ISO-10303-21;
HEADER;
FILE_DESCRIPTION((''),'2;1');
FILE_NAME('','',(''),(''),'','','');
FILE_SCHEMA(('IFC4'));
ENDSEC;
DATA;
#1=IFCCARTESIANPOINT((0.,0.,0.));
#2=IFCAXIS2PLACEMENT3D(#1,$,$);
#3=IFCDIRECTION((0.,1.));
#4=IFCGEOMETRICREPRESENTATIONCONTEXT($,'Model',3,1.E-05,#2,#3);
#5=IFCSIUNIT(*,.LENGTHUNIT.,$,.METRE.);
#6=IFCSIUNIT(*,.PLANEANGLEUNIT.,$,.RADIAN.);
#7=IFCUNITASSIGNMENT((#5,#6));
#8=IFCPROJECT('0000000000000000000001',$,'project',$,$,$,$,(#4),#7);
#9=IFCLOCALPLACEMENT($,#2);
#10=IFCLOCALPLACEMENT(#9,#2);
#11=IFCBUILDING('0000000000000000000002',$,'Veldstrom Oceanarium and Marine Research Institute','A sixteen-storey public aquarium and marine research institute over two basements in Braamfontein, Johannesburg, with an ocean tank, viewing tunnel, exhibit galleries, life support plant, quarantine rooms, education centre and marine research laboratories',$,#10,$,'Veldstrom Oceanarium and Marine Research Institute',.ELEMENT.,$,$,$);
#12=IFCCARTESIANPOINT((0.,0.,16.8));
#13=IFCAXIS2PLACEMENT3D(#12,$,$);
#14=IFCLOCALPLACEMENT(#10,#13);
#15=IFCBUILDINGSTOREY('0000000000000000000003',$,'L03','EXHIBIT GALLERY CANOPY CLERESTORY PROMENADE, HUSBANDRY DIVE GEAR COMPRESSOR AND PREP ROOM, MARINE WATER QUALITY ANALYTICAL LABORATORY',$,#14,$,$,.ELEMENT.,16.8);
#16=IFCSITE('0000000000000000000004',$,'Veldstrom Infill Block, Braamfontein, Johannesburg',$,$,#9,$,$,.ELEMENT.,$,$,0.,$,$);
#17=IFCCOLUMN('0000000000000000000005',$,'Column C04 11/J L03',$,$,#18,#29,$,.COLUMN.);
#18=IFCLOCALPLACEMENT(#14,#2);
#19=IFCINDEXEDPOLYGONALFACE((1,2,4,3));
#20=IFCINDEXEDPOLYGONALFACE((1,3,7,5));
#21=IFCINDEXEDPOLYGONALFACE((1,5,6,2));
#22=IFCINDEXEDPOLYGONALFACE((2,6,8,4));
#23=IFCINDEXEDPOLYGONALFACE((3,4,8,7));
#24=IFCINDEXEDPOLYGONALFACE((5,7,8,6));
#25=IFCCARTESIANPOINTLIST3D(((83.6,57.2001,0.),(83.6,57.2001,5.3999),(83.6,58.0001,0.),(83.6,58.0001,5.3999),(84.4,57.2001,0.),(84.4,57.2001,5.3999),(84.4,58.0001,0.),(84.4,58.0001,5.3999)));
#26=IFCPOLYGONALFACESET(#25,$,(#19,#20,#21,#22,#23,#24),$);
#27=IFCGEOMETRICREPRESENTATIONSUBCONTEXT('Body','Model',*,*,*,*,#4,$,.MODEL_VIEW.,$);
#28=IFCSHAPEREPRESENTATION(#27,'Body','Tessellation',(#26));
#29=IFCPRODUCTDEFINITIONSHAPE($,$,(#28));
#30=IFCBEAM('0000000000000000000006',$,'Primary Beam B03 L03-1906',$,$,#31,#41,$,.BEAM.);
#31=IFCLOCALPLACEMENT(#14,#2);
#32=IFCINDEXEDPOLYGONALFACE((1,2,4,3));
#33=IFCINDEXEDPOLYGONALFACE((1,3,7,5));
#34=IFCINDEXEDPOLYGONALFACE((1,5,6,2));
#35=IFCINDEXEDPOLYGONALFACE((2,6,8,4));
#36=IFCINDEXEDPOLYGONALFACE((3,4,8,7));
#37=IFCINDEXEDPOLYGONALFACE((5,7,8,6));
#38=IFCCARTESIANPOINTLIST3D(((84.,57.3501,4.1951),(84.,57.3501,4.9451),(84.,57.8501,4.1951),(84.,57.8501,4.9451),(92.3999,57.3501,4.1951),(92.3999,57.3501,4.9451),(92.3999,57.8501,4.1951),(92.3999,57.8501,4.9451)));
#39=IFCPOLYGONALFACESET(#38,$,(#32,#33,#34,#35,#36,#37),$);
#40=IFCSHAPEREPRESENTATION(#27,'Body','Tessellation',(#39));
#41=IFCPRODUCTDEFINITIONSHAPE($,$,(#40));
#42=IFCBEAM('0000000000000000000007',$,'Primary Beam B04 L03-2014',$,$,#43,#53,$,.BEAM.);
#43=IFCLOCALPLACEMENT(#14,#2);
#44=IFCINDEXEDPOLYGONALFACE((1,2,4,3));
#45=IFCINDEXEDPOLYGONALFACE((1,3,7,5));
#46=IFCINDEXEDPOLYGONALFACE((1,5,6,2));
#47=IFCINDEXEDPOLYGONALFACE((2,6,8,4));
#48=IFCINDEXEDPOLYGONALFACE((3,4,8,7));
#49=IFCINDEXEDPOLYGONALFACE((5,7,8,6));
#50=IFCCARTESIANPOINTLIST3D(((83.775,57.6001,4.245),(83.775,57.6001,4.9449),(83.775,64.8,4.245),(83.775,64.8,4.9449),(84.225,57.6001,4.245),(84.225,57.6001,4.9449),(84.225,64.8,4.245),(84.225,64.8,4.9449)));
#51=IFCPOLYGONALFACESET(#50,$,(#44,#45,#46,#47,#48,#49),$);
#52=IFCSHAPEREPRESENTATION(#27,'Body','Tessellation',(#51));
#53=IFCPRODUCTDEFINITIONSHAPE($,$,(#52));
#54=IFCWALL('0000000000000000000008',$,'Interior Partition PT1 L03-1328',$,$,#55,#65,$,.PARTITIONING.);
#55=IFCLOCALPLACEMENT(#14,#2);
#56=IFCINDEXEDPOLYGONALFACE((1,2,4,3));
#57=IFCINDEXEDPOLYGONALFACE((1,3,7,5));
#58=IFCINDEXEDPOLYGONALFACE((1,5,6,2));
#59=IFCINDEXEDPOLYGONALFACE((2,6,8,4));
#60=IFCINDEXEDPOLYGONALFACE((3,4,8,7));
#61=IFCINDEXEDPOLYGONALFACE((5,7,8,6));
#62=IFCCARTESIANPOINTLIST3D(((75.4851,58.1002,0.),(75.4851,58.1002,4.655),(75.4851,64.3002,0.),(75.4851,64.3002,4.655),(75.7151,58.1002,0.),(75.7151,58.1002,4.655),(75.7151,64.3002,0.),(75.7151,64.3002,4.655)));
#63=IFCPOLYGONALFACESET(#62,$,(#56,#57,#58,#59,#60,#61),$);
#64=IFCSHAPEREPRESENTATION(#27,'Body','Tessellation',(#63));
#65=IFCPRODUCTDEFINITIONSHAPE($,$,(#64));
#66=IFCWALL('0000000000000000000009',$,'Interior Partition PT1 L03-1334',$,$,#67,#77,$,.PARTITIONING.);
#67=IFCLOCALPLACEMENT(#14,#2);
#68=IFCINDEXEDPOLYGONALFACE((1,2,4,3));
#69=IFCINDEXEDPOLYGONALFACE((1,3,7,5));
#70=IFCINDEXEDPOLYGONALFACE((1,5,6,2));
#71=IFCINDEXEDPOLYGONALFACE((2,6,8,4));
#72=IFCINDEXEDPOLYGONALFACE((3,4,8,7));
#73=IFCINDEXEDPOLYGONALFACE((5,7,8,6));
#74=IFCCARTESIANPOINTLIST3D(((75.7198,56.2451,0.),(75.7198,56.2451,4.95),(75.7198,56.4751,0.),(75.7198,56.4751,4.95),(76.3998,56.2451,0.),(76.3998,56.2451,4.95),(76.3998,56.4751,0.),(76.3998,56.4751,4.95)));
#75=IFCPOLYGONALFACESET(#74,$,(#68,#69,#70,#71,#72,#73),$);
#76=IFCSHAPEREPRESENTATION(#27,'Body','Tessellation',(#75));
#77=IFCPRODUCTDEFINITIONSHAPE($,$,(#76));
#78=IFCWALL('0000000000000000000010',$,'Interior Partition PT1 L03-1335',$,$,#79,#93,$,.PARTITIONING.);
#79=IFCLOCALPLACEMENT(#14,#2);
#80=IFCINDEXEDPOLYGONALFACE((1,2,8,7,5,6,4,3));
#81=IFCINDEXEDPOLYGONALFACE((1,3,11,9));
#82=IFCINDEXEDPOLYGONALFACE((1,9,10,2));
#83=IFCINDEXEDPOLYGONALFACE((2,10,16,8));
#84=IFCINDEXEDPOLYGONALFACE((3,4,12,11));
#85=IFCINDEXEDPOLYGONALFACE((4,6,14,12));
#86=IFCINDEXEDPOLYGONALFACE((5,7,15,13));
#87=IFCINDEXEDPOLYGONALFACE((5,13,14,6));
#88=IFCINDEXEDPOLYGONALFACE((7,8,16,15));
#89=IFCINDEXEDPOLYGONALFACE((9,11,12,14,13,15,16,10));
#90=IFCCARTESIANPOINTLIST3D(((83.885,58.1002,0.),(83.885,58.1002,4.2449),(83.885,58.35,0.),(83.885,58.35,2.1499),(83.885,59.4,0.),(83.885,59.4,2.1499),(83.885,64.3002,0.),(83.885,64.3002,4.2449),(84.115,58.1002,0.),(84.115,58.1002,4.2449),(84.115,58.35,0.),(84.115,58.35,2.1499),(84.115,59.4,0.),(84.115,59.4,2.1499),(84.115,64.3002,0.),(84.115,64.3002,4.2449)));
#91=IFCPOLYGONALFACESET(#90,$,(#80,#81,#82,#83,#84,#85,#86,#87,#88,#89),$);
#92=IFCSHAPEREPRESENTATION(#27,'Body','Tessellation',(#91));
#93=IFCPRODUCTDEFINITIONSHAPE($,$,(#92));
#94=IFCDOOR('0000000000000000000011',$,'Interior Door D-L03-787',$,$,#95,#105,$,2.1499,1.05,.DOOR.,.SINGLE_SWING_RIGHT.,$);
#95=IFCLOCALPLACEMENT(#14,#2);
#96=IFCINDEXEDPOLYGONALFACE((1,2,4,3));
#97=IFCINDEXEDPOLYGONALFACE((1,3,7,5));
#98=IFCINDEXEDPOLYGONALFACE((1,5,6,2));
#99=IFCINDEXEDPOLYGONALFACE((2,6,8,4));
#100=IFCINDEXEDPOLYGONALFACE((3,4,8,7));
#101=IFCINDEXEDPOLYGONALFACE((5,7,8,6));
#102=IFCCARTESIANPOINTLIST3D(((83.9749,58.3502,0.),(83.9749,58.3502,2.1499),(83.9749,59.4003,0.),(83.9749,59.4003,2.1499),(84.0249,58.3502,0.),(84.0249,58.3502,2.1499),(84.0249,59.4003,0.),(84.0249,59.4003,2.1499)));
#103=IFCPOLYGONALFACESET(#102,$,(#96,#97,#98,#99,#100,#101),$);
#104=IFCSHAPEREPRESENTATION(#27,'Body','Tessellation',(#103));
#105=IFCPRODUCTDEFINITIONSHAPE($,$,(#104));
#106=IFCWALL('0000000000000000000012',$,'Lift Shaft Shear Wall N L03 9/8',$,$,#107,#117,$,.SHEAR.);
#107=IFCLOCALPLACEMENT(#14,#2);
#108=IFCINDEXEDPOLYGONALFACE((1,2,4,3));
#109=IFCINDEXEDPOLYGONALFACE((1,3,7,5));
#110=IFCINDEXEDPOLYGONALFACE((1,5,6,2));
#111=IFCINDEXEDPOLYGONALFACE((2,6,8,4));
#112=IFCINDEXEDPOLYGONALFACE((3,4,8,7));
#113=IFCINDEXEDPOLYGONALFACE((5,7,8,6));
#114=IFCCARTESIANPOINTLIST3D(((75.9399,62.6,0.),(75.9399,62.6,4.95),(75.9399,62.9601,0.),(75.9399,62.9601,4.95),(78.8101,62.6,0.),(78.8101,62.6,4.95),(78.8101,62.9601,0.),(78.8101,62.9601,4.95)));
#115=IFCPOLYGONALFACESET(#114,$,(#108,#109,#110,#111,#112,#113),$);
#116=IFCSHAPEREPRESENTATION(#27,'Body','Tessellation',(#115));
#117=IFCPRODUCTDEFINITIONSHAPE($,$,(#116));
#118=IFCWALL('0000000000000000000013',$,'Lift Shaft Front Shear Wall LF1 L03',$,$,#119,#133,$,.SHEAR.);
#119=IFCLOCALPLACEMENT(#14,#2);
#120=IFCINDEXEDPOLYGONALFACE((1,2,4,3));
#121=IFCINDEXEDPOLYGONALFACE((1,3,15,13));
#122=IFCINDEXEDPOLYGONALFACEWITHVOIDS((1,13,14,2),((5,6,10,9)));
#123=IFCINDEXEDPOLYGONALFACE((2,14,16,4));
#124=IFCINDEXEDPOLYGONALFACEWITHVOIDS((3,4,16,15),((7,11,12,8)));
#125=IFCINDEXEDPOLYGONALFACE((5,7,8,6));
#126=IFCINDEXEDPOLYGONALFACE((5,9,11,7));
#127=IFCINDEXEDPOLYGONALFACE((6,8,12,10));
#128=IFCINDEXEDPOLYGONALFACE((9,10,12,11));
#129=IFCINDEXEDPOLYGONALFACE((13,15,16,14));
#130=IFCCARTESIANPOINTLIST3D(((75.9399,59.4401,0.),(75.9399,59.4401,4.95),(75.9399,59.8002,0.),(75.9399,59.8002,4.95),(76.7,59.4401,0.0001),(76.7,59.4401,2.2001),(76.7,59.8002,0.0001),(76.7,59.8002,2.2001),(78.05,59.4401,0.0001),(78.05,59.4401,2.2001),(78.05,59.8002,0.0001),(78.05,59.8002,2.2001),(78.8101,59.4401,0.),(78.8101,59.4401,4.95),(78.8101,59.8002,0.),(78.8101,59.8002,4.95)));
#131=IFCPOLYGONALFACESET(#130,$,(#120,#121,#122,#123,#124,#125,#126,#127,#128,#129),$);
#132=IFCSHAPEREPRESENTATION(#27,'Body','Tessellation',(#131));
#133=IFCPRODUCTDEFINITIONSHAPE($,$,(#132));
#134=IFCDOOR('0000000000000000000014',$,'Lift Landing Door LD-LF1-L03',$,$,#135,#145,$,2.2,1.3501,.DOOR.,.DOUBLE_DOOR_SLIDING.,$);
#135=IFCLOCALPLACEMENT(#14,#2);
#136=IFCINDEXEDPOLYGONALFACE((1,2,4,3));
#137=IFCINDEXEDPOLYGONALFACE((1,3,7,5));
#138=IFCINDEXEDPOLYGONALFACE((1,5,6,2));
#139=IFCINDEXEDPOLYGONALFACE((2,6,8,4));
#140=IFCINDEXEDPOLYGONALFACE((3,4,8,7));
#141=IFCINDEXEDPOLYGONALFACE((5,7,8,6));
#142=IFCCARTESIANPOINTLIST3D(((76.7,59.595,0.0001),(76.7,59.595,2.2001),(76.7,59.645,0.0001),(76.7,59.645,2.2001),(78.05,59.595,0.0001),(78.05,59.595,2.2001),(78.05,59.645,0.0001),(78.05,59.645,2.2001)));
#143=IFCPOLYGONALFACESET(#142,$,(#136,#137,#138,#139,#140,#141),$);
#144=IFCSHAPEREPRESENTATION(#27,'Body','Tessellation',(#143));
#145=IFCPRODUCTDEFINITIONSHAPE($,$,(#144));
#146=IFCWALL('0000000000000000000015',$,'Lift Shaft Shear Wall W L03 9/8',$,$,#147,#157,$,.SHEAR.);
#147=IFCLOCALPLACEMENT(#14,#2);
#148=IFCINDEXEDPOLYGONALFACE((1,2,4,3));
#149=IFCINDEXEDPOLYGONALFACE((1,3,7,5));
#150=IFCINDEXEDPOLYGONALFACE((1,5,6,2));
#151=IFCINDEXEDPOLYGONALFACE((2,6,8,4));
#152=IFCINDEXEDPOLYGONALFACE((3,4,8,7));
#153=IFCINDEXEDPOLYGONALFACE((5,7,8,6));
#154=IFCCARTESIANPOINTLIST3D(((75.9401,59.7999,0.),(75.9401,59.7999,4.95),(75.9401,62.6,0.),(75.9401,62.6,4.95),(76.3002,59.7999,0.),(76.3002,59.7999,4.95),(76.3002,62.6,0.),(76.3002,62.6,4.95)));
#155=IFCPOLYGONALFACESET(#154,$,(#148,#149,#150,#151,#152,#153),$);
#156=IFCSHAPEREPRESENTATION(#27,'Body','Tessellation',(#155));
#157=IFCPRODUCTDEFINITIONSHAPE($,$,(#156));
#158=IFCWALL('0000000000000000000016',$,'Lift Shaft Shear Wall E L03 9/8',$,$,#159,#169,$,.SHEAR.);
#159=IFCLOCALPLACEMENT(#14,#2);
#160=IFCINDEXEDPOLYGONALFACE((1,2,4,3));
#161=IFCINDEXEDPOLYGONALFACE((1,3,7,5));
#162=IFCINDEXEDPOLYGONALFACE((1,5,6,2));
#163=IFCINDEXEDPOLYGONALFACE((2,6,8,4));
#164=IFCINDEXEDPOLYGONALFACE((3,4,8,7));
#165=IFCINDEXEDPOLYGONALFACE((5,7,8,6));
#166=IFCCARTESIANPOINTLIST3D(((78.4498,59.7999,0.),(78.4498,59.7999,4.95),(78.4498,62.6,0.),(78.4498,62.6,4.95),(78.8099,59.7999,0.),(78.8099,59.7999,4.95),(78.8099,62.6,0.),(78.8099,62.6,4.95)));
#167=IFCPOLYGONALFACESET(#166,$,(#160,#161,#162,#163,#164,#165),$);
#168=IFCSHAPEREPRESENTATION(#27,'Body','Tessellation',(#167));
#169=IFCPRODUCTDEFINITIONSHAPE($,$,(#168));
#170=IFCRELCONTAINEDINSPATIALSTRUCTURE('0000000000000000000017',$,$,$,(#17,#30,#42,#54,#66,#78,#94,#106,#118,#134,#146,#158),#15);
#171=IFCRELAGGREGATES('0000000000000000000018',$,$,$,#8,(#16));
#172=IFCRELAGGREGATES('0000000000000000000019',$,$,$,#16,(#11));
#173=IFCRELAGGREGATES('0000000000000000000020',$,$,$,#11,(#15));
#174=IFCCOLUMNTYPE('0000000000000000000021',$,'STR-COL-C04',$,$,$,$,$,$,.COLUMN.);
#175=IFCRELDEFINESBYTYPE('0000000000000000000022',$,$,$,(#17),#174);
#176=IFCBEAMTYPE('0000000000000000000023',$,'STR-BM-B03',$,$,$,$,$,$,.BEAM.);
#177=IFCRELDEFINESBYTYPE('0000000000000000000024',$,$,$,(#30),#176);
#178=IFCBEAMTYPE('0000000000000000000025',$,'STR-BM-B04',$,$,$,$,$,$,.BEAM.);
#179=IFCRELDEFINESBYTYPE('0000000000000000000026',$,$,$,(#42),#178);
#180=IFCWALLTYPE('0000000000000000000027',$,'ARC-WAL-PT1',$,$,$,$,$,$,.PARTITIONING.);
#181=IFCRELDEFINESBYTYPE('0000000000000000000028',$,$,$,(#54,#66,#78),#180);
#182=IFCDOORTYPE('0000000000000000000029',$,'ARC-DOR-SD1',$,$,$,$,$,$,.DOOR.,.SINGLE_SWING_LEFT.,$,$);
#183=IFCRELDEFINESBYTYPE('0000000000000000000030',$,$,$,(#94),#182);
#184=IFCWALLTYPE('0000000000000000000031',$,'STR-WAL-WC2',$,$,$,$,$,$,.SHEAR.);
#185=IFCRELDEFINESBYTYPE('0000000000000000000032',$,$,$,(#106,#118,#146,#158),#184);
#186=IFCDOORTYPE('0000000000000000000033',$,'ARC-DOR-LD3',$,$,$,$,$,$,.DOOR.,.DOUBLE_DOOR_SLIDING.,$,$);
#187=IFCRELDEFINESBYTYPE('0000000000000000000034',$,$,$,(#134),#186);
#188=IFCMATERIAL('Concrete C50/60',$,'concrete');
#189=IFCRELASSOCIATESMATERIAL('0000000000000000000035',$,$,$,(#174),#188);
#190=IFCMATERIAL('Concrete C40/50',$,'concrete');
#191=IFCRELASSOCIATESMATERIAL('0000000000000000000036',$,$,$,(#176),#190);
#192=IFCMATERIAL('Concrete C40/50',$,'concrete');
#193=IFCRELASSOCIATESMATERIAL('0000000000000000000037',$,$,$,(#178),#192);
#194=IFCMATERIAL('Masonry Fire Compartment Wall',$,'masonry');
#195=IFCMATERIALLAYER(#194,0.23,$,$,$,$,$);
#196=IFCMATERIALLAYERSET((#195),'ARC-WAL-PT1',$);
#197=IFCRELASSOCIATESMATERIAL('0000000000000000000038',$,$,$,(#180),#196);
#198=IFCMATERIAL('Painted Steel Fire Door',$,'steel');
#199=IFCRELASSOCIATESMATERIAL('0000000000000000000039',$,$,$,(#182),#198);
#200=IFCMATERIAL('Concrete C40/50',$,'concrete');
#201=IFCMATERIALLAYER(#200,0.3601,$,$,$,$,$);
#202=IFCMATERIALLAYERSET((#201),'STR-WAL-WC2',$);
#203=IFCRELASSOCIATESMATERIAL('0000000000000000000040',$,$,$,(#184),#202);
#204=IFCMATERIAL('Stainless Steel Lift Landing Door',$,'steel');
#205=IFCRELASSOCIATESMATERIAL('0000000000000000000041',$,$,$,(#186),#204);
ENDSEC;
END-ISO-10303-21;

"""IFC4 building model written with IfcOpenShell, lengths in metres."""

from ifc_helpers import new_model, si_unit, direction, frame, frame_2d, origin, origin_2d, place, context, subcontext, project, spatial, rectangle, extrude, material, layer, layer_set, material_profile, profile_set, type_object, element, fill, save


model = new_model("IFC4")

# Units and contexts
model_context = context("Model", 3, precision=1e-05, world=origin(), true_north=direction((0.0, 1.0)))
body_context = subcontext(model_context, "Body", "Model", "MODEL_VIEW")
ifc_project = project(units=[si_unit("LENGTHUNIT", "METRE"), si_unit("PLANEANGLEUNIT", "RADIAN")], contexts=[model_context])

# Site, building, storey
site_placement = place(None, origin())
site = spatial("IfcSite", under=ifc_project, at=site_placement, Name="Veldstrom Infill Block, Braamfontein, Johannesburg", CompositionType="ELEMENT", RefElevation=0.0)
building_placement = place(site_placement, origin())
building = spatial("IfcBuilding", under=site, at=building_placement, Name="Veldstrom Oceanarium and Marine Research Institute", Description="A sixteen-storey public aquarium and marine research institute over two basements in Braamfontein, Johannesburg, with an ocean tank, viewing tunnel, exhibit galleries, life support plant, quarantine rooms, education centre and marine research laboratories", LongName="Veldstrom Oceanarium and Marine Research Institute", CompositionType="ELEMENT")
storey_placement = place(building_placement, frame((0.0, 0.0, 16.8)))
storey = spatial("IfcBuildingStorey", under=building, at=storey_placement, Name="L03", Description="EXHIBIT GALLERY CANOPY CLERESTORY PROMENADE, HUSBANDRY DIVE GEAR COMPRESSOR AND PREP ROOM, MARINE WATER QUALITY ANALYTICAL LABORATORY", CompositionType="ELEMENT", Elevation=16.8)

# Column
ifc_material_1 = material(Name="Concrete C50/60", Category="concrete")
ifc_material_profile_1 = material_profile(ifc_material_1, rectangle(XDim=0.8, YDim=0.8, at=origin_2d()), Name="RC-COL-800x800")
ifc_profile_set_1 = profile_set([ifc_material_profile_1], Name="Concrete C50/60")
column_type = type_object("IfcColumnType", Name="STR-COL-C04", PredefinedType="COLUMN", material=ifc_profile_set_1)
column_placement = place(storey_placement, frame((84.0, 57.6001, 0.0), z_axis=(0.0, 0.0, 1.0), x_axis=(1.0, 0.0, 0.0)))
element("IfcColumn", 1, at=column_placement, inside=storey, type_object=column_type, Name="Column C04 11/J L03", PredefinedType="COLUMN", context=body_context, shape_type="SweptSolid", body=[
    extrude(rectangle(XDim=0.8, YDim=0.8, at=origin_2d()), origin(), (0.0, 0.0, 1.0), 5.3999),
])

# Beams
ifc_material_2 = material(Name="Concrete C40/50", Category="concrete")
ifc_material_profile_2 = material_profile(ifc_material_2, rectangle(XDim=0.5, YDim=0.75, at=origin_2d()), Name="RC-BM-500x750")
ifc_profile_set_2 = profile_set([ifc_material_profile_2], Name="Concrete C40/50")
beam_type_1 = type_object("IfcBeamType", Name="STR-BM-B03", PredefinedType="BEAM", material=ifc_profile_set_2)
beam_1_placement = place(storey_placement, frame((84.0, 57.6001, 4.5701), z_axis=(1.0, 0.0, 0.0), x_axis=(0.0, 1.0, 0.0)))
element("IfcBeam", 2, at=beam_1_placement, inside=storey, type_object=beam_type_1, Name="Primary Beam B03 L03-1906", PredefinedType="BEAM", context=body_context, shape_type="SweptSolid", body=[
    extrude(rectangle(XDim=0.5, YDim=0.75, at=origin_2d()), origin(), (0.0, 0.0, 1.0), 8.3999),
])
ifc_material_3 = material(Name="Concrete C40/50", Category="concrete")
ifc_material_profile_3 = material_profile(ifc_material_3, rectangle(XDim=0.45, YDim=0.7, at=origin_2d()), Name="RC-BM-450x700")
ifc_profile_set_3 = profile_set([ifc_material_profile_3], Name="Concrete C40/50")
beam_type_2 = type_object("IfcBeamType", Name="STR-BM-B04", PredefinedType="BEAM", material=ifc_profile_set_3)
beam_2_placement = place(storey_placement, frame((84.0, 57.6001, 4.595), z_axis=(0.0, 1.0, 0.0), x_axis=(-1.0, 0.0, 0.0)))
element("IfcBeam", 3, at=beam_2_placement, inside=storey, type_object=beam_type_2, Name="Primary Beam B04 L03-2014", PredefinedType="BEAM", context=body_context, shape_type="SweptSolid", body=[
    extrude(rectangle(XDim=0.45, YDim=0.7, at=origin_2d()), origin(), (0.0, 0.0, 1.0), 7.2),
])

# Walls
ifc_material_4 = material(Name="Masonry Fire Compartment Wall", Category="masonry")
ifc_layer_1 = layer(ifc_material_4, 0.23)
ifc_layer_set_1 = layer_set([ifc_layer_1], Name="ARC-WAL-PT1")
wall_type_1 = type_object("IfcWallType", Name="ARC-WAL-PT1", PredefinedType="PARTITIONING", material=ifc_layer_set_1)
wall_1_placement = place(storey_placement, frame((75.6001, 58.1001, 0.0), z_axis=(0.0, 0.0, 1.0), x_axis=(0.0, 1.0, 0.0)))
element("IfcWall", 4, at=wall_1_placement, inside=storey, type_object=wall_type_1, Name="Interior Partition PT1 L03-1328", PredefinedType="PARTITIONING", context=body_context, shape_type="SweptSolid", body=[
    extrude(rectangle(XDim=6.2, YDim=0.23, at=frame_2d((3.1001, 0.0))), origin(), (0.0, 0.0, 1.0), 4.655),
])
wall_2_placement = place(storey_placement, frame((75.72, 56.3601, 0.0), z_axis=(0.0, 0.0, 1.0), x_axis=(1.0, 0.0, 0.0)))
element("IfcWall", 5, at=wall_2_placement, inside=storey, type_object=wall_type_1, Name="Interior Partition PT1 L03-1334", PredefinedType="PARTITIONING", context=body_context, shape_type="SweptSolid", body=[
    extrude(rectangle(XDim=0.6799, YDim=0.23, at=frame_2d((0.3398, 0.0))), origin(), (0.0, 0.0, 1.0), 4.95),
])

# Wall, opening, door
wall_3_placement = place(storey_placement, frame((84.0, 58.1001, 0.0), z_axis=(0.0, 0.0, 1.0), x_axis=(0.0, 1.0, 0.0)))
wall_3 = element("IfcWall", 6, at=wall_3_placement, inside=storey, type_object=wall_type_1, Name="Interior Partition PT1 L03-1335", PredefinedType="PARTITIONING", context=body_context, shape_type="SweptSolid", body=[
    extrude(rectangle(XDim=6.2, YDim=0.23, at=frame_2d((3.1001, 0.0))), origin(), (0.0, 0.0, 1.0), 4.2449),
])
opening_1_placement = place(wall_3_placement, frame((0.25, 0.0, 0.0)))
opening_1 = element("IfcOpeningElement", 7, at=opening_1_placement, cuts=wall_3, PredefinedType="OPENING", context=body_context, shape_type="SweptSolid", body=[
    extrude(rectangle(XDim=1.05, YDim=2.1499, at=frame_2d((0.5249, 1.075))), frame((0.0, 0.125, 0.0), z_axis=(0.0, -1.0, 0.0), x_axis=(1.0, 0.0, 0.0)), (0.0, 0.0, 1.0), 0.25),
])
ifc_material_5 = material(Name="Painted Steel Fire Door", Category="steel")
door_type_1 = type_object("IfcDoorType", Name="ARC-DOR-SD1", OperationType="SINGLE_SWING_LEFT", PredefinedType="DOOR", material=ifc_material_5)
door_1_placement = place(opening_1_placement, frame((1.05, 0.0, 0.0), z_axis=(0.0, 0.0, 1.0), x_axis=(-1.0, 0.0, 0.0)))
door_1 = element("IfcDoor", 8, at=door_1_placement, inside=storey, type_object=door_type_1, Name="Interior Door D-L03-787", OperationType="SINGLE_SWING_RIGHT", OverallHeight=2.1499, OverallWidth=1.05, PredefinedType="DOOR", context=body_context, shape_type="SweptSolid", body=[
    extrude(rectangle(XDim=1.05, YDim=2.1499, at=frame_2d((0.5249, 1.075))), frame((0.0, 0.0249, 0.0), z_axis=(0.0, -1.0, 0.0), x_axis=(1.0, 0.0, 0.0)), (0.0, 0.0, 1.0), 0.05),
])
fill(opening_1, door_1)

# Wall
ifc_material_6 = material(Name="Concrete C40/50", Category="concrete")
ifc_layer_2 = layer(ifc_material_6, 0.3601)
ifc_layer_set_2 = layer_set([ifc_layer_2], Name="STR-WAL-WC2")
wall_type_2 = type_object("IfcWallType", Name="STR-WAL-WC2", PredefinedType="SHEAR", material=ifc_layer_set_2)
wall_4_placement = place(storey_placement, frame((75.9399, 62.78, 0.0), z_axis=(0.0, 0.0, 1.0), x_axis=(1.0, 0.0, 0.0)))
element("IfcWall", 9, at=wall_4_placement, inside=storey, type_object=wall_type_2, Name="Lift Shaft Shear Wall N L03 9/8", PredefinedType="SHEAR", context=body_context, shape_type="SweptSolid", body=[
    extrude(rectangle(XDim=2.8701, YDim=0.3601, at=frame_2d((1.4351, 0.0))), origin(), (0.0, 0.0, 1.0), 4.95),
])

# Wall, opening, door
wall_5_placement = place(storey_placement, frame((75.9399, 59.6201, 0.0), z_axis=(0.0, 0.0, 1.0), x_axis=(1.0, 0.0, 0.0)))
wall_5 = element("IfcWall", 10, at=wall_5_placement, inside=storey, type_object=wall_type_2, Name="Lift Shaft Front Shear Wall LF1 L03", PredefinedType="SHEAR", context=body_context, shape_type="SweptSolid", body=[
    extrude(rectangle(XDim=2.8701, YDim=0.3601, at=frame_2d((1.4351, 0.0))), origin(), (0.0, 0.0, 1.0), 4.95),
])
opening_2_placement = place(wall_5_placement, frame((0.76, 0.0, 0.0)))
opening_2 = element("IfcOpeningElement", 11, at=opening_2_placement, cuts=wall_5, PredefinedType="OPENING", context=body_context, shape_type="SweptSolid", body=[
    extrude(rectangle(XDim=1.3501, YDim=2.2, at=frame_2d((0.675, 1.1001))), frame((0.0, 0.1899, 0.0), z_axis=(0.0, -1.0, 0.0), x_axis=(1.0, 0.0, 0.0)), (0.0, 0.0, 1.0), 0.3801),
])
ifc_material_7 = material(Name="Stainless Steel Lift Landing Door", Category="steel")
door_type_2 = type_object("IfcDoorType", Name="ARC-DOR-LD3", OperationType="DOUBLE_DOOR_SLIDING", PredefinedType="DOOR", material=ifc_material_7)
door_2_placement = place(opening_2_placement, origin())
door_2 = element("IfcDoor", 12, at=door_2_placement, inside=storey, type_object=door_type_2, Name="Lift Landing Door LD-LF1-L03", OperationType="DOUBLE_DOOR_SLIDING", OverallHeight=2.2, OverallWidth=1.3501, PredefinedType="DOOR", context=body_context, shape_type="SweptSolid", body=[
    extrude(rectangle(XDim=1.3501, YDim=2.2, at=frame_2d((0.675, 1.1001))), frame((0.0, 0.0249, 0.0), z_axis=(0.0, -1.0, 0.0), x_axis=(1.0, 0.0, 0.0)), (0.0, 0.0, 1.0), 0.05),
])
fill(opening_2, door_2)

# Walls
for number, where, z_axis, x_axis, name in (
    (13, (76.1201, 59.8, 0.0), (0.0, 0.0, 1.0), (0.0, 1.0, 0.0), "Lift Shaft Shear Wall W L03 9/8"),
    (14, (78.6299, 59.8, 0.0), (0.0, 0.0, 1.0), (0.0, 1.0, 0.0), "Lift Shaft Shear Wall E L03 9/8"),
):
    element("IfcWall", number, at=place(storey_placement, frame(where, z_axis=z_axis, x_axis=x_axis)), inside=storey, type_object=wall_type_2, Name=name, PredefinedType="SHEAR", context=body_context, shape_type="SweptSolid", body=[
        extrude(rectangle(XDim=2.8, YDim=0.3601, at=frame_2d((1.3999, 0.0))), origin(), (0.0, 0.0, 1.0), 4.95),
    ])

save(model, "model.ifc")
